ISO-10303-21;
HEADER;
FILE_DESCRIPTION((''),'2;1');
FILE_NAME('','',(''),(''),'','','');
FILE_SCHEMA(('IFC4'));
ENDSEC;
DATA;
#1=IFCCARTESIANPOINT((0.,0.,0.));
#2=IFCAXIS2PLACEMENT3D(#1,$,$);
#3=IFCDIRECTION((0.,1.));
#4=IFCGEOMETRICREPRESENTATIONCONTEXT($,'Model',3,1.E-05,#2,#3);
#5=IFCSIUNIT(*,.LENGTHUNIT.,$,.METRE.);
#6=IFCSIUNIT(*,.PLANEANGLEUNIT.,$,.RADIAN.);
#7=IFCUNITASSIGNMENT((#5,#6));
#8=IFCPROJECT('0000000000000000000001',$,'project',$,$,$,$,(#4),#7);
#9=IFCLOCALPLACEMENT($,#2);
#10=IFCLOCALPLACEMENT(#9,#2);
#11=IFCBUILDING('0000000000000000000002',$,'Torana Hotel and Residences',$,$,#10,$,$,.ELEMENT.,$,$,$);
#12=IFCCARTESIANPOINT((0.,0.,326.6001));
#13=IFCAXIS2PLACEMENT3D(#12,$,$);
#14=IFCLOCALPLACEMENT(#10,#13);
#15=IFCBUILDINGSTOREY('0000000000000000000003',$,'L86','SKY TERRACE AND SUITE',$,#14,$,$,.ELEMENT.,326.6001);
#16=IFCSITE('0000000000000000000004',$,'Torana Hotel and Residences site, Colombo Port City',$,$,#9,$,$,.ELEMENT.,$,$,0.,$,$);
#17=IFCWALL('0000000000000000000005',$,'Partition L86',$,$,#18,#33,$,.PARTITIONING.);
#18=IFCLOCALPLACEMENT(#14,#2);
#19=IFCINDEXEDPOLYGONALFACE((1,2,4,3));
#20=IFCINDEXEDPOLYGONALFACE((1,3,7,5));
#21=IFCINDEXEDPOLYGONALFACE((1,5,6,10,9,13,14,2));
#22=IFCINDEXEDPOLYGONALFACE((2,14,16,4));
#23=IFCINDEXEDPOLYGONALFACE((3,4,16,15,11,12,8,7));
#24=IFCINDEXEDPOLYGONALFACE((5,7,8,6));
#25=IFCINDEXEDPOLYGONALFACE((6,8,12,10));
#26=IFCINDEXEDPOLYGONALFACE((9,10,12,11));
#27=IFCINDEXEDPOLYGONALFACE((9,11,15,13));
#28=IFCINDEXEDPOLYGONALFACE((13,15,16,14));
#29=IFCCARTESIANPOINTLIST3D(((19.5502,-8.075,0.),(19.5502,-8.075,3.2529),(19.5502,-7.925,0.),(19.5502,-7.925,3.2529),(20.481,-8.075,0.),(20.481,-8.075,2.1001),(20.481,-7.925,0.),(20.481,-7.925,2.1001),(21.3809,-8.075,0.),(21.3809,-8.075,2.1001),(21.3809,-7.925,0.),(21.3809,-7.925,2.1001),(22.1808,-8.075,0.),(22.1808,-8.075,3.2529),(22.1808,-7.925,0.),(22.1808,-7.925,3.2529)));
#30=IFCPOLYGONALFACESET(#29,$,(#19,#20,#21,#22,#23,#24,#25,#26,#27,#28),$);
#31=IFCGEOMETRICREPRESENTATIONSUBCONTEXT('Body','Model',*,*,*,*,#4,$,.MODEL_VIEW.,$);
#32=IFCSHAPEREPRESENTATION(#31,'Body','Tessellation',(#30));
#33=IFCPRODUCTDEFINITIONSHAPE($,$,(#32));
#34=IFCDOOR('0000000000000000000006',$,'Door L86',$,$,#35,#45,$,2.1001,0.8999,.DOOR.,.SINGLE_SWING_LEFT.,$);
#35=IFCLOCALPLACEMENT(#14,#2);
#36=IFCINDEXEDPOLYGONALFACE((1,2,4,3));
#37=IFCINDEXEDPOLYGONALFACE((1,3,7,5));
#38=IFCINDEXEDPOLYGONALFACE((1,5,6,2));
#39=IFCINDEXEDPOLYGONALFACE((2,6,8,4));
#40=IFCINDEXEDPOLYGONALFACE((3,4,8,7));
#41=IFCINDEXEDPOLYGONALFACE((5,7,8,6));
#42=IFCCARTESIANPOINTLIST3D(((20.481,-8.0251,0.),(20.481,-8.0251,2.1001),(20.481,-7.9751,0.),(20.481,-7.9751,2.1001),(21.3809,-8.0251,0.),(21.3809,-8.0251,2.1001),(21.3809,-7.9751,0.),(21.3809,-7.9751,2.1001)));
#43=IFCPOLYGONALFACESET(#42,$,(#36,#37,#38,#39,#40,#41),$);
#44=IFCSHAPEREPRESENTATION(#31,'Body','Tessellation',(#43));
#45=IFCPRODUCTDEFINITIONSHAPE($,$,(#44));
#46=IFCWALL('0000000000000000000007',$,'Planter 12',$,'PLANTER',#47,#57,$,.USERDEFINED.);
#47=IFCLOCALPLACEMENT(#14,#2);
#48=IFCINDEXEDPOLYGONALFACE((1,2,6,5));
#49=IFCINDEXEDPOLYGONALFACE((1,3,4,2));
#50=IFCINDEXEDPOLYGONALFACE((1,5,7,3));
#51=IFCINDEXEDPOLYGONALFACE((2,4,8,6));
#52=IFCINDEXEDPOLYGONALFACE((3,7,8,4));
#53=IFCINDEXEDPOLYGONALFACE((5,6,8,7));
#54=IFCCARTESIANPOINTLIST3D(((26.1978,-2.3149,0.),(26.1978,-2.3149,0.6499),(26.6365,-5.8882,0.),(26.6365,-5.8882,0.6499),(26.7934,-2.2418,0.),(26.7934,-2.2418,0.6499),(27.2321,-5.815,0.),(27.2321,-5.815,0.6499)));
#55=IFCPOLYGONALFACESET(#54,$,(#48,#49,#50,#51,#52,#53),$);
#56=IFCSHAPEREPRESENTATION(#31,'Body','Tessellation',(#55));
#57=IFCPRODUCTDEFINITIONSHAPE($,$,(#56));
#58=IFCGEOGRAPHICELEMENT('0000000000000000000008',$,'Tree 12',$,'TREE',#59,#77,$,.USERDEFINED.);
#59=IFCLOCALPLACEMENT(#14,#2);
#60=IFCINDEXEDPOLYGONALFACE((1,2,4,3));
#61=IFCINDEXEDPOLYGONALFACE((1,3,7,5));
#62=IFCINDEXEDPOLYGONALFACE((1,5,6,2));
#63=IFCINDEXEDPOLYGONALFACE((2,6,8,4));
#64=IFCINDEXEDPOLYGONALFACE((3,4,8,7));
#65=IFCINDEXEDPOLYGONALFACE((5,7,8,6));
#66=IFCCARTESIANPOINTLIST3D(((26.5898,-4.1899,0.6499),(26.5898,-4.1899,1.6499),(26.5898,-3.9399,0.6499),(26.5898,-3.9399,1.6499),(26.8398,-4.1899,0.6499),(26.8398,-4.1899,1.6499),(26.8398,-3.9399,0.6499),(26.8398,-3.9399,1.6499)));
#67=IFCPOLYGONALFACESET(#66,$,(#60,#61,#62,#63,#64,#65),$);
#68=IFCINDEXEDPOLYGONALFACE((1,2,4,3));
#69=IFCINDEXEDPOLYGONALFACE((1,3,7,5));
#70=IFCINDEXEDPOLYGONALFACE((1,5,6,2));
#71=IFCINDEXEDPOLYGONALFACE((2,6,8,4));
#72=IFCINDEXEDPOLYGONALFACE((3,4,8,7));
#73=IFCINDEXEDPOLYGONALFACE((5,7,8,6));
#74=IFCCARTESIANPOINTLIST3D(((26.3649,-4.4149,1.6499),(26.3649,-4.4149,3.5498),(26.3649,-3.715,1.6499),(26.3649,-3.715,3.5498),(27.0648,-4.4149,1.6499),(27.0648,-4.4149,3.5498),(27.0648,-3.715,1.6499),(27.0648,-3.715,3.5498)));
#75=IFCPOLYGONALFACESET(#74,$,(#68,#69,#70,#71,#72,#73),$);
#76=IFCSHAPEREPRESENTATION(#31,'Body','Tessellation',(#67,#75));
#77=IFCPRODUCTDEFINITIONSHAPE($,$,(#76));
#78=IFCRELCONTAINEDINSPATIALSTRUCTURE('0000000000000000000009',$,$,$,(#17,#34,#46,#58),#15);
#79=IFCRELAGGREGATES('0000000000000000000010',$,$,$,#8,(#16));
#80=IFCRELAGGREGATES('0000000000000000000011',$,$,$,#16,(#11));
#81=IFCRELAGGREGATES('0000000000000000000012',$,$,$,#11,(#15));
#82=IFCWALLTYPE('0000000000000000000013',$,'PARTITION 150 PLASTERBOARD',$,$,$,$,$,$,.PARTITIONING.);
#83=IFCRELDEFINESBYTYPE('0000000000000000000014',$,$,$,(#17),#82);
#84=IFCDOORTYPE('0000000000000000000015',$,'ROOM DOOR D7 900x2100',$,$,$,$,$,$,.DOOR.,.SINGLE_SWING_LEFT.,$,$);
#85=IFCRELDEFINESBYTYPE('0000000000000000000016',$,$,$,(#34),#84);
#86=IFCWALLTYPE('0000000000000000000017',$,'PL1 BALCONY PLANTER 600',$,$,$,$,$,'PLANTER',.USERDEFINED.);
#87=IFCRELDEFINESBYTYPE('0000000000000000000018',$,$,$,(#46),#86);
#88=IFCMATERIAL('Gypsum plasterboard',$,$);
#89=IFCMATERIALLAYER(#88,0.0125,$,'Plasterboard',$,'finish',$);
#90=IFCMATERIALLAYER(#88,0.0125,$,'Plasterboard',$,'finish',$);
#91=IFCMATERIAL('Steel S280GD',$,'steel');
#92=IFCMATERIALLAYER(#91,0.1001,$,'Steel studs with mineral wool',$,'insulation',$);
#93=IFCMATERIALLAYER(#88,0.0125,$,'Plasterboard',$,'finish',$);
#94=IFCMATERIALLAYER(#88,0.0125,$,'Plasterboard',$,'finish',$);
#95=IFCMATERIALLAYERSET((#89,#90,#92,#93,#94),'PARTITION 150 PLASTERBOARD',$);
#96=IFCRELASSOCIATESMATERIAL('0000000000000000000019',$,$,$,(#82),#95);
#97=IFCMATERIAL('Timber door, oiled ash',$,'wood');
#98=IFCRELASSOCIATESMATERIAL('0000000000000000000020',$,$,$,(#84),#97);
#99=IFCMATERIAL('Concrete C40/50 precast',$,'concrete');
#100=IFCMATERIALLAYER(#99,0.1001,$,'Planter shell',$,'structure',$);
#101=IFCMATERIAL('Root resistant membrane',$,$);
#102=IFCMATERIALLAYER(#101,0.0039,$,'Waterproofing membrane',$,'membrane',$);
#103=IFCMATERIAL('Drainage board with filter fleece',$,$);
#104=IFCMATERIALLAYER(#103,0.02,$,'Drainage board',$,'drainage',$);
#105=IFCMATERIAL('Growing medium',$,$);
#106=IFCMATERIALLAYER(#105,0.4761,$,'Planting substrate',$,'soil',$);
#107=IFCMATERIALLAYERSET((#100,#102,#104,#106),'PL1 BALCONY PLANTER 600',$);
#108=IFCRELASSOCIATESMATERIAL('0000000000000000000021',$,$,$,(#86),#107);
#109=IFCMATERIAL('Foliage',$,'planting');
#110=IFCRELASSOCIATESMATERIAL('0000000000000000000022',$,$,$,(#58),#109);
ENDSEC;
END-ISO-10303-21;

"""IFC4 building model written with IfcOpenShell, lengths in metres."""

from ifc_helpers import new_model, si_unit, direction, frame, frame_2d, origin, origin_2d, place, context, subcontext, project, spatial, rectangle, extrude, material, layer, layer_set, type_object, element, fill, save


model = new_model("IFC4")

# Units and contexts
model_context = context("Model", 3, precision=1e-05, world=origin(), true_north=direction((0.0, 1.0)))
body_context = subcontext(model_context, "Body", "Model", "MODEL_VIEW")
ifc_project = project(units=[si_unit("LENGTHUNIT", "METRE"), si_unit("PLANEANGLEUNIT", "RADIAN")], contexts=[model_context])

# Site, building, storey
site_placement = place(None, origin())
site = spatial("IfcSite", under=ifc_project, at=site_placement, Name="Torana Hotel and Residences site, Colombo Port City", CompositionType="ELEMENT", RefElevation=0.0)
building_placement = place(site_placement, origin())
building = spatial("IfcBuilding", under=site, at=building_placement, Name="Torana Hotel and Residences", CompositionType="ELEMENT")
storey_placement = place(building_placement, frame((0.0, 0.0, 326.6001)))
storey = spatial("IfcBuildingStorey", under=building, at=storey_placement, Name="L86", Description="SKY TERRACE AND SUITE", CompositionType="ELEMENT", Elevation=326.6001)

# Shared definitions
ifc_material_1 = material(Name="Steel S280GD", Category="steel")

# Shared definitions
ifc_material_2 = material(Name="Concrete C40/50 precast", Category="concrete")

# Shared definitions
ifc_material_3 = material(Name="Gypsum plasterboard")
ifc_layer_1 = layer(ifc_material_3, 0.0125, Name="Plasterboard", Category="finish")
ifc_layer_2 = layer(ifc_material_3, 0.0125, Name="Plasterboard", Category="finish")
ifc_layer_3 = layer(ifc_material_1, 0.1001, Name="Steel studs with mineral wool", Category="insulation")
ifc_layer_4 = layer(ifc_material_3, 0.0125, Name="Plasterboard", Category="finish")
ifc_layer_5 = layer(ifc_material_3, 0.0125, Name="Plasterboard", Category="finish")
ifc_layer_set_1 = layer_set([ifc_layer_1, ifc_layer_2, ifc_layer_3, ifc_layer_4, ifc_layer_5], Name="PARTITION 150 PLASTERBOARD")
wall_type_1 = type_object("IfcWallType", Name="PARTITION 150 PLASTERBOARD", PredefinedType="PARTITIONING", material=ifc_layer_set_1)

# Wall, opening, door
wall_1_placement = place(storey_placement, frame((19.55, -8.0, 0.0), z_axis=(0.0, 0.0, 1.0), x_axis=(1.0, 0.0, 0.0)))
wall_1 = element("IfcWall", 1, at=wall_1_placement, inside=storey, type_object=wall_type_1, Name="Partition L86", PredefinedType="PARTITIONING", context=body_context, shape_type="SweptSolid", body=[
    extrude(rectangle(XDim=2.6306, YDim=0.1499, at=frame_2d((1.3154, 0.0))), origin(), (0.0, 0.0, 1.0), 3.2529),
])
opening_1_placement = place(wall_1_placement, frame((0.9309, 0.0, 0.0)))
opening_1 = element("IfcOpeningElement", 2, at=opening_1_placement, cuts=wall_1, PredefinedType="OPENING", context=body_context, shape_type="SweptSolid", body=[
    extrude(rectangle(XDim=0.8999, YDim=2.1001, at=frame_2d((0.45, 1.05))), frame((0.0, 0.085, 0.0), z_axis=(0.0, -1.0, 0.0), x_axis=(1.0, 0.0, 0.0)), (0.0, 0.0, 1.0), 0.1699),
])
ifc_material_4 = material(Name="Timber door, oiled ash", Category="wood")
door_type_1 = type_object("IfcDoorType", Name="ROOM DOOR D7 900x2100", OperationType="SINGLE_SWING_LEFT", PredefinedType="DOOR", material=ifc_material_4)
door_1_placement = place(opening_1_placement, origin())
door_1 = element("IfcDoor", 3, at=door_1_placement, inside=storey, type_object=door_type_1, Name="Door L86", OperationType="SINGLE_SWING_LEFT", OverallHeight=2.1001, OverallWidth=0.8999, PredefinedType="DOOR", context=body_context, shape_type="SweptSolid", body=[
    extrude(rectangle(XDim=0.8999, YDim=2.1001, at=frame_2d((0.45, 1.05))), frame((0.0, 0.0249, 0.0), z_axis=(0.0, -1.0, 0.0), x_axis=(1.0, 0.0, 0.0)), (0.0, 0.0, 1.0), 0.05),
])
fill(opening_1, door_1)

# Wall
ifc_layer_6 = layer(ifc_material_2, 0.1001, Name="Planter shell", Category="structure")
ifc_material_5 = material(Name="Root resistant membrane")
ifc_layer_7 = layer(ifc_material_5, 0.0039, Name="Waterproofing membrane", Category="membrane")
ifc_material_6 = material(Name="Drainage board with filter fleece")
ifc_layer_8 = layer(ifc_material_6, 0.02, Name="Drainage board", Category="drainage")
ifc_material_7 = material(Name="Growing medium")
ifc_layer_9 = layer(ifc_material_7, 0.4761, Name="Planting substrate", Category="soil")
ifc_layer_set_2 = layer_set([ifc_layer_6, ifc_layer_7, ifc_layer_8, ifc_layer_9], Name="PL1 BALCONY PLANTER 600")
wall_type_2 = type_object("IfcWallType", Name="PL1 BALCONY PLANTER 600", ElementType="PLANTER", PredefinedType="USERDEFINED", material=ifc_layer_set_2)
wall_2_placement = place(storey_placement, frame((26.4956, -2.2783, 0.0), z_axis=(0.0, 0.0, 1.0), x_axis=(0.121864, -0.992547, 0.0)))
element("IfcWall", 4, at=wall_2_placement, inside=storey, type_object=wall_type_2, Name="Planter 12", ObjectType="PLANTER", PredefinedType="USERDEFINED", context=body_context, shape_type="SweptSolid", body=[
    extrude(rectangle(XDim=3.6001, YDim=0.6001, at=frame_2d((1.8, 0.0))), origin(), (0.0, 0.0, 1.0), 0.6499),
])

# Geographic element
ifc_material_8 = material(Name="Foliage", Category="planting")
geographic_element_placement = place(storey_placement, frame((26.7148, -4.0649, 0.6499), z_axis=(0.0, 0.0, 1.0), x_axis=(1.0, 0.0, 0.0)))
element("IfcGeographicElement", 5, at=geographic_element_placement, inside=storey, material=ifc_material_8, Name="Tree 12", ObjectType="TREE", PredefinedType="USERDEFINED", context=body_context, shape_type="SweptSolid", body=[
    extrude(rectangle(XDim=0.25, YDim=0.25, at=origin_2d()), origin(), (0.0, 0.0, 1.0), 1.0),
    extrude(rectangle(XDim=0.7, YDim=0.7, at=origin_2d()), frame((0.0, 0.0, 1.0)), (0.0, 0.0, 1.0), 1.8999),
])

save(model, "model.ifc")
